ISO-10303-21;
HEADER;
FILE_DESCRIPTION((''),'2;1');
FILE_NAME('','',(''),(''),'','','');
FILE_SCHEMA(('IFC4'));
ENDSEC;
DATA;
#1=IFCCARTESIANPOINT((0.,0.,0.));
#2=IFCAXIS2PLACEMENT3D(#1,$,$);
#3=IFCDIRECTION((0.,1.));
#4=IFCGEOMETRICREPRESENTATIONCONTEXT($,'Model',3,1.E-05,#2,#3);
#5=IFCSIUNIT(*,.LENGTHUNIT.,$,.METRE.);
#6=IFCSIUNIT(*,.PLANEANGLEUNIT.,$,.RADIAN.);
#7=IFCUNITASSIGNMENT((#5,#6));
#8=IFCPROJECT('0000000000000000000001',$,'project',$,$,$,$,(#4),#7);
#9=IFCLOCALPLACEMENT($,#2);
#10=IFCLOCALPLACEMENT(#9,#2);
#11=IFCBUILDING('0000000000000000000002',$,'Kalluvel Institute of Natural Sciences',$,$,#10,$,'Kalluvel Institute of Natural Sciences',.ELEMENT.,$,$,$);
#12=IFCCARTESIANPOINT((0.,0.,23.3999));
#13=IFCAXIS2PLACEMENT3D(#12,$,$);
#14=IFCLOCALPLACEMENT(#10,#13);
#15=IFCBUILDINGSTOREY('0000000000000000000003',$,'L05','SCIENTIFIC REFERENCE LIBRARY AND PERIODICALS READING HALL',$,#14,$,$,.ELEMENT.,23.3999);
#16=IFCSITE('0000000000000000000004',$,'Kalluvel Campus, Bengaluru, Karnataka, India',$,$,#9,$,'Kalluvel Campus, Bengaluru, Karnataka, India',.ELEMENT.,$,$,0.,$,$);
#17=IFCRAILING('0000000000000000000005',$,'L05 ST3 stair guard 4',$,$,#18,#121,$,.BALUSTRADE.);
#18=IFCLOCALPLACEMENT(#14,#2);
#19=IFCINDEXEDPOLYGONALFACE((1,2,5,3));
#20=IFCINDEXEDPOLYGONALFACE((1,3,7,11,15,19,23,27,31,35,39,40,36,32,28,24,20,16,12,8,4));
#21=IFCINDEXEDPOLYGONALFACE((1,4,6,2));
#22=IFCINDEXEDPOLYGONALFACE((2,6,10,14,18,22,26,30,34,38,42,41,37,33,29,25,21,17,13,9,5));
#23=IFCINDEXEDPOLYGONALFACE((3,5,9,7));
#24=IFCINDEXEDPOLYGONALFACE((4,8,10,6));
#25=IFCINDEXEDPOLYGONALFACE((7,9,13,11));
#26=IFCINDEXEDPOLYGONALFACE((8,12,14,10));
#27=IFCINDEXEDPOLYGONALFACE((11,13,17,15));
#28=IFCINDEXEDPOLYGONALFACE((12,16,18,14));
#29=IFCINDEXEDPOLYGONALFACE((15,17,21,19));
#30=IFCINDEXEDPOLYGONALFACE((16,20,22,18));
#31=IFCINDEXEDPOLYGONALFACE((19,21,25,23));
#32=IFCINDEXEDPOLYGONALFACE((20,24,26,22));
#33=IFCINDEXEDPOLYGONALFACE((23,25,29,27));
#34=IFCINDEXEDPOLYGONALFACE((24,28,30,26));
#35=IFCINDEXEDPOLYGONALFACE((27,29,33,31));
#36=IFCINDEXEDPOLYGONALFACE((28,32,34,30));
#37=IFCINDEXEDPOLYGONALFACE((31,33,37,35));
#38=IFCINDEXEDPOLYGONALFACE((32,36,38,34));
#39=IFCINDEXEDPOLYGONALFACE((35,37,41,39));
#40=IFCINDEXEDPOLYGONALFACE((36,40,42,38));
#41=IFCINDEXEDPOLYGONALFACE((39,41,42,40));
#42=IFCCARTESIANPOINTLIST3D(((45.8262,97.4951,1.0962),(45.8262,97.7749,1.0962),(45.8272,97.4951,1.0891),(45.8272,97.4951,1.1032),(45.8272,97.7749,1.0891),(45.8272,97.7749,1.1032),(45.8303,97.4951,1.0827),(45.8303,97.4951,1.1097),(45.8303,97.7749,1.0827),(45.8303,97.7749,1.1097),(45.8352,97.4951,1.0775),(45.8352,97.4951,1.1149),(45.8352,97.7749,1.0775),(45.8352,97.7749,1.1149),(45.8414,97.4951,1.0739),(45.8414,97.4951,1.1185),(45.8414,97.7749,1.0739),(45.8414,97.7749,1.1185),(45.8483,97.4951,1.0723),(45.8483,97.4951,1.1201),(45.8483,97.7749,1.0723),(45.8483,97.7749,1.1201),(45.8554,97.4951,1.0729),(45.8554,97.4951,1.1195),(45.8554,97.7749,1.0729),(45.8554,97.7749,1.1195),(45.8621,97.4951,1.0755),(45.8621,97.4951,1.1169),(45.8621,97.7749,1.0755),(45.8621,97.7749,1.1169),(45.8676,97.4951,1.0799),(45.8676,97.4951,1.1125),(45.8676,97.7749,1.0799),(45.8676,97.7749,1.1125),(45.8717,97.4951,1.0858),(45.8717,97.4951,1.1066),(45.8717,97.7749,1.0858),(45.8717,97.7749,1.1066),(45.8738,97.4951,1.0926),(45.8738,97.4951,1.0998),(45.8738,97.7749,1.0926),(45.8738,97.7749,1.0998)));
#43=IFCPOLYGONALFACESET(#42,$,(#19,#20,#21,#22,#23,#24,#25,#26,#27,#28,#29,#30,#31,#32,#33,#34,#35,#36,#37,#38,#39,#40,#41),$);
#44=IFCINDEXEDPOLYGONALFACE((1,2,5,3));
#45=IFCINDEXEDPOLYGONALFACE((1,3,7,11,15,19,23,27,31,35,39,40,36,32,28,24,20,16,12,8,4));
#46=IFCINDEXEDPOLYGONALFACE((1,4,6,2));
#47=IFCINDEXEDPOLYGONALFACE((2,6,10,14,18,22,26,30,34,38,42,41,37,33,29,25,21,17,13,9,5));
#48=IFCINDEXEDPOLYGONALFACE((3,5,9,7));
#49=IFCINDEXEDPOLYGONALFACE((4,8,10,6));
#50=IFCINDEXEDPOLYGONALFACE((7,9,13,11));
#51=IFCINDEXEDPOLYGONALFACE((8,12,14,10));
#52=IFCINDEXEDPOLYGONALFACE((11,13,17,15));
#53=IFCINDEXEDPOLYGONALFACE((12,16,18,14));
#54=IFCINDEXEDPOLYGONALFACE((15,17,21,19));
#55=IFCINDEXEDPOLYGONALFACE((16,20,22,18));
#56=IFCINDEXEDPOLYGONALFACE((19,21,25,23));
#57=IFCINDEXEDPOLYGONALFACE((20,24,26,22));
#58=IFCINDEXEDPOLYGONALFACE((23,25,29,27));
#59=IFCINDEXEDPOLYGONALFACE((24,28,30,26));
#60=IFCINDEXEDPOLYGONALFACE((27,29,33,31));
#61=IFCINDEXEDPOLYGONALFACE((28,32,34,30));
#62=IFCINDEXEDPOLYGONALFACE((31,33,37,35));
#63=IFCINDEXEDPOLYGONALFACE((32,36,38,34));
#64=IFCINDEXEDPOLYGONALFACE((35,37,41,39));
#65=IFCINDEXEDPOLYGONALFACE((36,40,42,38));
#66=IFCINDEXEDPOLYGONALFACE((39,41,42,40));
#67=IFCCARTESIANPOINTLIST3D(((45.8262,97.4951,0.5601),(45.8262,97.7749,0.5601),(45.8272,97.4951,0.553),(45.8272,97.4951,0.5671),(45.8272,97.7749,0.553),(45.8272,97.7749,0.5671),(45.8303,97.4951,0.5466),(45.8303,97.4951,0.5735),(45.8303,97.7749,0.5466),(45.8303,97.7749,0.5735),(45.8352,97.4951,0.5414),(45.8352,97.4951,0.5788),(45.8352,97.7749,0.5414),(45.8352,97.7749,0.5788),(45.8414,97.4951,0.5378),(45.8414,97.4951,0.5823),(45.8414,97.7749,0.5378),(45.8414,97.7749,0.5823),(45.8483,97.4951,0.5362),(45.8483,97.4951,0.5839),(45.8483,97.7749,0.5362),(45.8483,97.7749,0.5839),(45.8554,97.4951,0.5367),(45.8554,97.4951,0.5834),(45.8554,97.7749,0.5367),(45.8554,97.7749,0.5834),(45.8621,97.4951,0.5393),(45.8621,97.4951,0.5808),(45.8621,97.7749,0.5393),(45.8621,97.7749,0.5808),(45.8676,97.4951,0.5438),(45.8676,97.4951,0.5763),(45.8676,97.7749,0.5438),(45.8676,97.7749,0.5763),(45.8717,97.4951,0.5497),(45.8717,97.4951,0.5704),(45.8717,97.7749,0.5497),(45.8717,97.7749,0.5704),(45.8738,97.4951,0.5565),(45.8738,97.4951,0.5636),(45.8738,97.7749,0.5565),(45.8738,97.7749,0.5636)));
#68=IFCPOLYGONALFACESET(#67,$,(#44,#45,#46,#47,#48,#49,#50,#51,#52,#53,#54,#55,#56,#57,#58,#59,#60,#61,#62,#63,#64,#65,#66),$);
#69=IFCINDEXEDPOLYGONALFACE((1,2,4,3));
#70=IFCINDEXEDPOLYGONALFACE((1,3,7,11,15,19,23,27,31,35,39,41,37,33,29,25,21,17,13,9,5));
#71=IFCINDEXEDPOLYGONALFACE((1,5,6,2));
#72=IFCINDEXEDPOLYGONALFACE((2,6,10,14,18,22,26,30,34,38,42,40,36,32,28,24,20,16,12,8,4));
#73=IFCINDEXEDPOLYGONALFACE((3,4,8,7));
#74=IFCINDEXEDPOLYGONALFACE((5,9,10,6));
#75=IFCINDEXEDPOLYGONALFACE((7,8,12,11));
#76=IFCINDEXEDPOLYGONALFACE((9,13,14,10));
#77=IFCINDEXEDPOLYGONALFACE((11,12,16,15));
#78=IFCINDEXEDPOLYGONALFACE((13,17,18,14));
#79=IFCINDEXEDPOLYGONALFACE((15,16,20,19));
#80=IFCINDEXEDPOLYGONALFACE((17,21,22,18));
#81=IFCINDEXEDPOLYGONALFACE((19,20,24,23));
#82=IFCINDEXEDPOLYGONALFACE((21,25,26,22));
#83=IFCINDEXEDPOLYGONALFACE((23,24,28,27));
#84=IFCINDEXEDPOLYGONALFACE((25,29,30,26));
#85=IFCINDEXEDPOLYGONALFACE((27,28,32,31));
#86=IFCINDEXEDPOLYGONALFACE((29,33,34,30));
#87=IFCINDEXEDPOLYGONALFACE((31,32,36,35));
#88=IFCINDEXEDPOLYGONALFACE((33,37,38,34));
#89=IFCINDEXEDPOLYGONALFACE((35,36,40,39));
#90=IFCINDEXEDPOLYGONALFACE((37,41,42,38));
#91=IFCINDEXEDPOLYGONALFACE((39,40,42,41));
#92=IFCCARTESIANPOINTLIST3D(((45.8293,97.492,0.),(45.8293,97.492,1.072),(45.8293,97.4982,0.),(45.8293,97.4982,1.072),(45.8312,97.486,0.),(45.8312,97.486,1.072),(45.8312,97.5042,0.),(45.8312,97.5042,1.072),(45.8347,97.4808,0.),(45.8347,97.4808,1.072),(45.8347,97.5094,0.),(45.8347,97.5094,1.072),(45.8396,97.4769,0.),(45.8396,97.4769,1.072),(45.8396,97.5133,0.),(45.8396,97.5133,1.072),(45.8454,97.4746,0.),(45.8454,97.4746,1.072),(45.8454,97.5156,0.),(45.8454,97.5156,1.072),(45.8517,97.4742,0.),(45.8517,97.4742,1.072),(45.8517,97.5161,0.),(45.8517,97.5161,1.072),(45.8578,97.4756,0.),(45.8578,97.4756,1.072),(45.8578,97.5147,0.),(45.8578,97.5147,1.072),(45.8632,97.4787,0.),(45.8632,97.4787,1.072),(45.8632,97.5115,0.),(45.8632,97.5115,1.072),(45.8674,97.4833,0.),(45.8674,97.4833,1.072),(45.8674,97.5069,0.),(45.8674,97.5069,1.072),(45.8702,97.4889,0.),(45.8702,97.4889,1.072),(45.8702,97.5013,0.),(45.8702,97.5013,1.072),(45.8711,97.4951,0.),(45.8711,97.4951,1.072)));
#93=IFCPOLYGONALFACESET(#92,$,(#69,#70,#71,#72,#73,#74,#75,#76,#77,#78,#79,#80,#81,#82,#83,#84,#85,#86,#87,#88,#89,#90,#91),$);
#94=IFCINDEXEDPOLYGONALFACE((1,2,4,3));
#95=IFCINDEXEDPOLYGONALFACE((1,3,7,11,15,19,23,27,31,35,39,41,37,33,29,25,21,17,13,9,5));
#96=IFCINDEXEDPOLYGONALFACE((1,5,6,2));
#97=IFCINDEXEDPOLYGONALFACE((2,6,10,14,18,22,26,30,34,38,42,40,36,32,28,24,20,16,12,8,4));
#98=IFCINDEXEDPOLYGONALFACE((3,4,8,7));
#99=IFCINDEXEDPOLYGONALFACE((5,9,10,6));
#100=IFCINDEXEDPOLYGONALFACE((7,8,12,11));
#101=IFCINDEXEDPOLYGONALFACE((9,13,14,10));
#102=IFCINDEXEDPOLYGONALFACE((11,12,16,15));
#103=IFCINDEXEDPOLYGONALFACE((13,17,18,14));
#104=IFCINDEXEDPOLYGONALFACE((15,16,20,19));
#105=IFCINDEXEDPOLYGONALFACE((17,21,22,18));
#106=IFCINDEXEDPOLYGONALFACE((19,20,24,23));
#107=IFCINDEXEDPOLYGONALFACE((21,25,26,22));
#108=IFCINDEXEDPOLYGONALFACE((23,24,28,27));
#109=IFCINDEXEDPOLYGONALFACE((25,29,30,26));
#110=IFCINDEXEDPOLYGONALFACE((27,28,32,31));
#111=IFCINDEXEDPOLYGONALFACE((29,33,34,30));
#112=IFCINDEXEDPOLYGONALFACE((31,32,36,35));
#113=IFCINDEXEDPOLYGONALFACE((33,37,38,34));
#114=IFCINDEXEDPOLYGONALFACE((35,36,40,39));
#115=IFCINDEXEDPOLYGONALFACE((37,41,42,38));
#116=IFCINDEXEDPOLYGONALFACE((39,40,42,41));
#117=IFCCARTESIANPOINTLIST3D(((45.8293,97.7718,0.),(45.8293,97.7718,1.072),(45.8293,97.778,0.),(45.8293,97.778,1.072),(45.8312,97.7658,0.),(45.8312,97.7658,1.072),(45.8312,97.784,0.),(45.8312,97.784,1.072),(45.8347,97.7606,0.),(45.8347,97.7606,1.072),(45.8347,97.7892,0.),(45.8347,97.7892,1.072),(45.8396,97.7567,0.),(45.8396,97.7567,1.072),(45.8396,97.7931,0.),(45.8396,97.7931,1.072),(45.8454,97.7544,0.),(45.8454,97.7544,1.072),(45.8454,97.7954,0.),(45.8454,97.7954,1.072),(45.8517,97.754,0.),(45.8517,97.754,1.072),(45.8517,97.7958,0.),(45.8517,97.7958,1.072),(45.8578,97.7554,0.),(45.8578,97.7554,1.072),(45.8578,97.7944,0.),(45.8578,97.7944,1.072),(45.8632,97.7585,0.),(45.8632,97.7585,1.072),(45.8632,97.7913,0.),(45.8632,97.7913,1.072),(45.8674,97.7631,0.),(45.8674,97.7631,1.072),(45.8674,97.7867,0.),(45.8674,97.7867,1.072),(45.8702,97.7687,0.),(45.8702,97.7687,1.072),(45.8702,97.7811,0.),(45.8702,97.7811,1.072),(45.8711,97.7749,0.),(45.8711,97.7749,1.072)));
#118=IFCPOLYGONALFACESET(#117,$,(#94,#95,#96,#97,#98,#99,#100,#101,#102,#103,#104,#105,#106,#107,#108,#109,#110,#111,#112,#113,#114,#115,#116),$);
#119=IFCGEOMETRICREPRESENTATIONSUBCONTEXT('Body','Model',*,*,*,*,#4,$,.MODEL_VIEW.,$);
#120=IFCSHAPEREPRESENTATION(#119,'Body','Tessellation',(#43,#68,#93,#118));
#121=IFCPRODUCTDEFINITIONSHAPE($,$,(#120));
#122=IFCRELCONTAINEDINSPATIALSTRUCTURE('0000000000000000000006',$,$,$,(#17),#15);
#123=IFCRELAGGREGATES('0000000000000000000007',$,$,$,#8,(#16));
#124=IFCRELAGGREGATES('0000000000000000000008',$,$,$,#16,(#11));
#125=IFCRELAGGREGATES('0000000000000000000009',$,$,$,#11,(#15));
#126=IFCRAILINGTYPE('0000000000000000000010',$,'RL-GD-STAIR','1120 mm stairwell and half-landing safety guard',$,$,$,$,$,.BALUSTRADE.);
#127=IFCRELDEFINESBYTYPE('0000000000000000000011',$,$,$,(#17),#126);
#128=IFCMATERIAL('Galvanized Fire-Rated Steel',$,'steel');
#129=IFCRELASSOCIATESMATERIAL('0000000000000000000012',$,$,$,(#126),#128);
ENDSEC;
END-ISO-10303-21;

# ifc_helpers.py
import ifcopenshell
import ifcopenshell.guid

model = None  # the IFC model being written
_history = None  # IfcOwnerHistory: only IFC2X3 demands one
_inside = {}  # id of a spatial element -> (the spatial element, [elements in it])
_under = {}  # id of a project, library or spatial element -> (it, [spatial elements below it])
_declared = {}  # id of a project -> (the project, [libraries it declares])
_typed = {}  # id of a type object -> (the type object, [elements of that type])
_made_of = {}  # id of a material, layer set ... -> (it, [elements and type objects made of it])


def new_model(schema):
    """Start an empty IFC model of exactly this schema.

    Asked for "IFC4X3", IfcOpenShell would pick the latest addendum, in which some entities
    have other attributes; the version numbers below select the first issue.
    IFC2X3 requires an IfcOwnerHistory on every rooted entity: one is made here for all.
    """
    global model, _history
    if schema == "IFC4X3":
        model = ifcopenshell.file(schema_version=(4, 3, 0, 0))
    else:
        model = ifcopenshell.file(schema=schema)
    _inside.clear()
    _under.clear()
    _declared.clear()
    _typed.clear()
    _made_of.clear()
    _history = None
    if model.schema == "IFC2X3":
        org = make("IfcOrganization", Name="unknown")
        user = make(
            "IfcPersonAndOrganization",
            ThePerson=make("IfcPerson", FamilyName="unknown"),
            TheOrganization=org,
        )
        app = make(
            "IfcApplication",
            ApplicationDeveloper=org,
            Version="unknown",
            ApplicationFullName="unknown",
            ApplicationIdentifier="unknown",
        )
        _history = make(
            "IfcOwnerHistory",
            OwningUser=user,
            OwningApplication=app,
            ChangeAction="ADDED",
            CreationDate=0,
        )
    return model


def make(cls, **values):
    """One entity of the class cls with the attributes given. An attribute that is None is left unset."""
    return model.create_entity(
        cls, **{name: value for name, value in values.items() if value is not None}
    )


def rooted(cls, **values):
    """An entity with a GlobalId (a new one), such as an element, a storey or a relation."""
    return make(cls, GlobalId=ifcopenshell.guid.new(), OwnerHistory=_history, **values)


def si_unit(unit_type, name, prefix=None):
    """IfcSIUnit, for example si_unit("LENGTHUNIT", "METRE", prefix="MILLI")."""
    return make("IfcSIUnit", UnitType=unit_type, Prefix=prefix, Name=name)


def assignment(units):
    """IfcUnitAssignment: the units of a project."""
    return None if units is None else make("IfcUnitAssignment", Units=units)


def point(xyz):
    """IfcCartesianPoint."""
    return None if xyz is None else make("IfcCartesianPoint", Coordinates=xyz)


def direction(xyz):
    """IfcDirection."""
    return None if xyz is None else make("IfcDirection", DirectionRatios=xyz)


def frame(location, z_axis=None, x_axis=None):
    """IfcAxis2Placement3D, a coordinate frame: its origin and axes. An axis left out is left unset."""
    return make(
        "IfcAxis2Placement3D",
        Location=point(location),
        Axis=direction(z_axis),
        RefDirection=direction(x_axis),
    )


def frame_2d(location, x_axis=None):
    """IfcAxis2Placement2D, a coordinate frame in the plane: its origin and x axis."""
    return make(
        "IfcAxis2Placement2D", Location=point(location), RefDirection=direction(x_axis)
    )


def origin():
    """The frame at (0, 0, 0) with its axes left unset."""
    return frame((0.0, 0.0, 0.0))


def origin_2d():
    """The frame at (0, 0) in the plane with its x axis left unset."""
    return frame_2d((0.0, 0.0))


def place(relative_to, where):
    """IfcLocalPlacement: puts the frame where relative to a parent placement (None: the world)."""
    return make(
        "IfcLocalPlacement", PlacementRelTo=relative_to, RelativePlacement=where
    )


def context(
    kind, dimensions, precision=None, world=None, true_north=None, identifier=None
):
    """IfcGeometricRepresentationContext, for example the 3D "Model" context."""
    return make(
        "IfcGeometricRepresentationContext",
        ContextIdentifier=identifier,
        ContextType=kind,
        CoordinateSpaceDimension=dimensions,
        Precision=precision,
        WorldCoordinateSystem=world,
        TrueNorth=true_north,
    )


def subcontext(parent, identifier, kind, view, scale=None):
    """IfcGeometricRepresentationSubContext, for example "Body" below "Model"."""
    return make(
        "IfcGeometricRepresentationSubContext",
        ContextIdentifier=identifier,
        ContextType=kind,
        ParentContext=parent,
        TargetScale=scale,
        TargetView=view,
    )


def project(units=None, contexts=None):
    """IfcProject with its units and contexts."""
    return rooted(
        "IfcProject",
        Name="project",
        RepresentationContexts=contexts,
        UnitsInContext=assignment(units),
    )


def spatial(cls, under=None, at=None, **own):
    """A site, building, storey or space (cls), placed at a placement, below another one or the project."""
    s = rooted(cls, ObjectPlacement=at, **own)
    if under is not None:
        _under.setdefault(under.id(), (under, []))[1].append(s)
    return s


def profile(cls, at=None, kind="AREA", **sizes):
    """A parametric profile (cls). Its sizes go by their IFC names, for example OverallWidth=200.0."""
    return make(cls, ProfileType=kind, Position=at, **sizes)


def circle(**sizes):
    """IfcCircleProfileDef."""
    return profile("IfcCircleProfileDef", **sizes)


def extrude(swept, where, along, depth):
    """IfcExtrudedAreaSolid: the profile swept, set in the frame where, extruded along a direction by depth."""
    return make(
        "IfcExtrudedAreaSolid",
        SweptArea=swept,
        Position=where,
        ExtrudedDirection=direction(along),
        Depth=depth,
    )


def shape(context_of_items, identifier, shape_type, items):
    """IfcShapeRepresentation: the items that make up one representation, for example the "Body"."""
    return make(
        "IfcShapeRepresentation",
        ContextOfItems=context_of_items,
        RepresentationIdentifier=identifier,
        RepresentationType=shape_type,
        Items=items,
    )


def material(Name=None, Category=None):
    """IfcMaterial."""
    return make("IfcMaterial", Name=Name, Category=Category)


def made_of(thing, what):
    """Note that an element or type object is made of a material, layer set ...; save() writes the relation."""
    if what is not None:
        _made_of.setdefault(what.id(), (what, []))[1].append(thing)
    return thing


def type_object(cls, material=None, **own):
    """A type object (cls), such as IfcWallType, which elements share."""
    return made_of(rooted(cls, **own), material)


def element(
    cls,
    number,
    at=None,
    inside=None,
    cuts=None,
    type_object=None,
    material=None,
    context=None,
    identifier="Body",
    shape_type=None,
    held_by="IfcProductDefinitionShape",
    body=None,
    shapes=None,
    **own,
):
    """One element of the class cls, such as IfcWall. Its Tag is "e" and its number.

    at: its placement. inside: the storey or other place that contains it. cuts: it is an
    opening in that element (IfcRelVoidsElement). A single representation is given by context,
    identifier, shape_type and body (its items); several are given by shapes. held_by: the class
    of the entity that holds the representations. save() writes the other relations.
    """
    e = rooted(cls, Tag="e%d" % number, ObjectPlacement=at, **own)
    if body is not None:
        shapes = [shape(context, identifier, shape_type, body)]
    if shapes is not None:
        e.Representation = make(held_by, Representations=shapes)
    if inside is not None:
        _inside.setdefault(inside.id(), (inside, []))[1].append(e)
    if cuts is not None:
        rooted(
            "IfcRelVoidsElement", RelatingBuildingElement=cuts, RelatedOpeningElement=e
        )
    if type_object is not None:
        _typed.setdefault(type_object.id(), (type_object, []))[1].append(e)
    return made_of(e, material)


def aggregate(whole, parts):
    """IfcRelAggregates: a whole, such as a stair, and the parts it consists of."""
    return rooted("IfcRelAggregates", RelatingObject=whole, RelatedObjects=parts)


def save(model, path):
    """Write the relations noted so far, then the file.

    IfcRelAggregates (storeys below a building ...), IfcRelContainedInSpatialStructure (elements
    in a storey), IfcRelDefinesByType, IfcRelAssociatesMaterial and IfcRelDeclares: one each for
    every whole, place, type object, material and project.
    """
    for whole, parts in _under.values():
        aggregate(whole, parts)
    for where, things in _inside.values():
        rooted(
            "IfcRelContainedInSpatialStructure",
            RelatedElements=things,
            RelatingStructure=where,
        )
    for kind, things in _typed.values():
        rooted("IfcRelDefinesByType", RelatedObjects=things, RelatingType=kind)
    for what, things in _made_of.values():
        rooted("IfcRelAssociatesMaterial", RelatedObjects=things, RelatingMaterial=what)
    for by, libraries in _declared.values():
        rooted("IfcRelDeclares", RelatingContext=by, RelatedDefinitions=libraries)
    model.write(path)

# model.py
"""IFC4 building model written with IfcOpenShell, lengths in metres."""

from ifc_helpers import new_model, si_unit, direction, frame, origin, origin_2d, place, context, subcontext, project, spatial, circle, extrude, material, type_object, element, save


model = new_model("IFC4")

# Units and contexts
model_context = context("Model", 3, precision=1e-05, world=origin(), true_north=direction((0.0, 1.0)))
body_context = subcontext(model_context, "Body", "Model", "MODEL_VIEW")
ifc_project = project(units=[si_unit("LENGTHUNIT", "METRE"), si_unit("PLANEANGLEUNIT", "RADIAN")], contexts=[model_context])

# Site, building, storey
site_placement = place(None, origin())
site = spatial("IfcSite", under=ifc_project, at=site_placement, Name="Kalluvel Campus, Bengaluru, Karnataka, India", LongName="Kalluvel Campus, Bengaluru, Karnataka, India", CompositionType="ELEMENT", RefElevation=0.0)
building_placement = place(site_placement, origin())
building = spatial("IfcBuilding", under=site, at=building_placement, Name="Kalluvel Institute of Natural Sciences", LongName="Kalluvel Institute of Natural Sciences", CompositionType="ELEMENT")
storey_placement = place(building_placement, frame((0.0, 0.0, 23.3999)))
storey = spatial("IfcBuildingStorey", under=building, at=storey_placement, Name="L05", Description="SCIENTIFIC REFERENCE LIBRARY AND PERIODICALS READING HALL", CompositionType="ELEMENT", Elevation=23.3999)

# Railing
ifc_material_1 = material(Name="Galvanized Fire-Rated Steel", Category="steel")
railing_type_1 = type_object("IfcRailingType", Name="RL-GD-STAIR", Description="1120 mm stairwell and half-landing safety guard", PredefinedType="BALUSTRADE", material=ifc_material_1)
railing_1_placement = place(storey_placement, frame((45.8501, 97.4951, 0.0)))
element("IfcRailing", 1, at=railing_1_placement, inside=storey, type_object=railing_type_1, Name="L05 ST3 stair guard 4", PredefinedType="BALUSTRADE", context=body_context, shape_type="SweptSolid", body=[
    extrude(circle(Radius=0.0239, at=origin_2d()), frame((0.0, 0.0, 1.0962), z_axis=(0.0, 1.0, 0.0), x_axis=(-1.0, 0.0, 0.0)), (0.0, 0.0, 1.0), 0.2798),
    extrude(circle(Radius=0.0239, at=origin_2d()), frame((0.0, 0.0, 0.5601), z_axis=(0.0, 1.0, 0.0), x_axis=(-1.0, 0.0, 0.0)), (0.0, 0.0, 1.0), 0.2798),
    extrude(circle(Radius=0.021, at=origin_2d()), origin(), (0.0, 0.0, 1.0), 1.072),
    extrude(circle(Radius=0.021, at=origin_2d()), frame((0.0, 0.2798, 0.0)), (0.0, 0.0, 1.0), 1.072),
])

save(model, "model.ifc")
